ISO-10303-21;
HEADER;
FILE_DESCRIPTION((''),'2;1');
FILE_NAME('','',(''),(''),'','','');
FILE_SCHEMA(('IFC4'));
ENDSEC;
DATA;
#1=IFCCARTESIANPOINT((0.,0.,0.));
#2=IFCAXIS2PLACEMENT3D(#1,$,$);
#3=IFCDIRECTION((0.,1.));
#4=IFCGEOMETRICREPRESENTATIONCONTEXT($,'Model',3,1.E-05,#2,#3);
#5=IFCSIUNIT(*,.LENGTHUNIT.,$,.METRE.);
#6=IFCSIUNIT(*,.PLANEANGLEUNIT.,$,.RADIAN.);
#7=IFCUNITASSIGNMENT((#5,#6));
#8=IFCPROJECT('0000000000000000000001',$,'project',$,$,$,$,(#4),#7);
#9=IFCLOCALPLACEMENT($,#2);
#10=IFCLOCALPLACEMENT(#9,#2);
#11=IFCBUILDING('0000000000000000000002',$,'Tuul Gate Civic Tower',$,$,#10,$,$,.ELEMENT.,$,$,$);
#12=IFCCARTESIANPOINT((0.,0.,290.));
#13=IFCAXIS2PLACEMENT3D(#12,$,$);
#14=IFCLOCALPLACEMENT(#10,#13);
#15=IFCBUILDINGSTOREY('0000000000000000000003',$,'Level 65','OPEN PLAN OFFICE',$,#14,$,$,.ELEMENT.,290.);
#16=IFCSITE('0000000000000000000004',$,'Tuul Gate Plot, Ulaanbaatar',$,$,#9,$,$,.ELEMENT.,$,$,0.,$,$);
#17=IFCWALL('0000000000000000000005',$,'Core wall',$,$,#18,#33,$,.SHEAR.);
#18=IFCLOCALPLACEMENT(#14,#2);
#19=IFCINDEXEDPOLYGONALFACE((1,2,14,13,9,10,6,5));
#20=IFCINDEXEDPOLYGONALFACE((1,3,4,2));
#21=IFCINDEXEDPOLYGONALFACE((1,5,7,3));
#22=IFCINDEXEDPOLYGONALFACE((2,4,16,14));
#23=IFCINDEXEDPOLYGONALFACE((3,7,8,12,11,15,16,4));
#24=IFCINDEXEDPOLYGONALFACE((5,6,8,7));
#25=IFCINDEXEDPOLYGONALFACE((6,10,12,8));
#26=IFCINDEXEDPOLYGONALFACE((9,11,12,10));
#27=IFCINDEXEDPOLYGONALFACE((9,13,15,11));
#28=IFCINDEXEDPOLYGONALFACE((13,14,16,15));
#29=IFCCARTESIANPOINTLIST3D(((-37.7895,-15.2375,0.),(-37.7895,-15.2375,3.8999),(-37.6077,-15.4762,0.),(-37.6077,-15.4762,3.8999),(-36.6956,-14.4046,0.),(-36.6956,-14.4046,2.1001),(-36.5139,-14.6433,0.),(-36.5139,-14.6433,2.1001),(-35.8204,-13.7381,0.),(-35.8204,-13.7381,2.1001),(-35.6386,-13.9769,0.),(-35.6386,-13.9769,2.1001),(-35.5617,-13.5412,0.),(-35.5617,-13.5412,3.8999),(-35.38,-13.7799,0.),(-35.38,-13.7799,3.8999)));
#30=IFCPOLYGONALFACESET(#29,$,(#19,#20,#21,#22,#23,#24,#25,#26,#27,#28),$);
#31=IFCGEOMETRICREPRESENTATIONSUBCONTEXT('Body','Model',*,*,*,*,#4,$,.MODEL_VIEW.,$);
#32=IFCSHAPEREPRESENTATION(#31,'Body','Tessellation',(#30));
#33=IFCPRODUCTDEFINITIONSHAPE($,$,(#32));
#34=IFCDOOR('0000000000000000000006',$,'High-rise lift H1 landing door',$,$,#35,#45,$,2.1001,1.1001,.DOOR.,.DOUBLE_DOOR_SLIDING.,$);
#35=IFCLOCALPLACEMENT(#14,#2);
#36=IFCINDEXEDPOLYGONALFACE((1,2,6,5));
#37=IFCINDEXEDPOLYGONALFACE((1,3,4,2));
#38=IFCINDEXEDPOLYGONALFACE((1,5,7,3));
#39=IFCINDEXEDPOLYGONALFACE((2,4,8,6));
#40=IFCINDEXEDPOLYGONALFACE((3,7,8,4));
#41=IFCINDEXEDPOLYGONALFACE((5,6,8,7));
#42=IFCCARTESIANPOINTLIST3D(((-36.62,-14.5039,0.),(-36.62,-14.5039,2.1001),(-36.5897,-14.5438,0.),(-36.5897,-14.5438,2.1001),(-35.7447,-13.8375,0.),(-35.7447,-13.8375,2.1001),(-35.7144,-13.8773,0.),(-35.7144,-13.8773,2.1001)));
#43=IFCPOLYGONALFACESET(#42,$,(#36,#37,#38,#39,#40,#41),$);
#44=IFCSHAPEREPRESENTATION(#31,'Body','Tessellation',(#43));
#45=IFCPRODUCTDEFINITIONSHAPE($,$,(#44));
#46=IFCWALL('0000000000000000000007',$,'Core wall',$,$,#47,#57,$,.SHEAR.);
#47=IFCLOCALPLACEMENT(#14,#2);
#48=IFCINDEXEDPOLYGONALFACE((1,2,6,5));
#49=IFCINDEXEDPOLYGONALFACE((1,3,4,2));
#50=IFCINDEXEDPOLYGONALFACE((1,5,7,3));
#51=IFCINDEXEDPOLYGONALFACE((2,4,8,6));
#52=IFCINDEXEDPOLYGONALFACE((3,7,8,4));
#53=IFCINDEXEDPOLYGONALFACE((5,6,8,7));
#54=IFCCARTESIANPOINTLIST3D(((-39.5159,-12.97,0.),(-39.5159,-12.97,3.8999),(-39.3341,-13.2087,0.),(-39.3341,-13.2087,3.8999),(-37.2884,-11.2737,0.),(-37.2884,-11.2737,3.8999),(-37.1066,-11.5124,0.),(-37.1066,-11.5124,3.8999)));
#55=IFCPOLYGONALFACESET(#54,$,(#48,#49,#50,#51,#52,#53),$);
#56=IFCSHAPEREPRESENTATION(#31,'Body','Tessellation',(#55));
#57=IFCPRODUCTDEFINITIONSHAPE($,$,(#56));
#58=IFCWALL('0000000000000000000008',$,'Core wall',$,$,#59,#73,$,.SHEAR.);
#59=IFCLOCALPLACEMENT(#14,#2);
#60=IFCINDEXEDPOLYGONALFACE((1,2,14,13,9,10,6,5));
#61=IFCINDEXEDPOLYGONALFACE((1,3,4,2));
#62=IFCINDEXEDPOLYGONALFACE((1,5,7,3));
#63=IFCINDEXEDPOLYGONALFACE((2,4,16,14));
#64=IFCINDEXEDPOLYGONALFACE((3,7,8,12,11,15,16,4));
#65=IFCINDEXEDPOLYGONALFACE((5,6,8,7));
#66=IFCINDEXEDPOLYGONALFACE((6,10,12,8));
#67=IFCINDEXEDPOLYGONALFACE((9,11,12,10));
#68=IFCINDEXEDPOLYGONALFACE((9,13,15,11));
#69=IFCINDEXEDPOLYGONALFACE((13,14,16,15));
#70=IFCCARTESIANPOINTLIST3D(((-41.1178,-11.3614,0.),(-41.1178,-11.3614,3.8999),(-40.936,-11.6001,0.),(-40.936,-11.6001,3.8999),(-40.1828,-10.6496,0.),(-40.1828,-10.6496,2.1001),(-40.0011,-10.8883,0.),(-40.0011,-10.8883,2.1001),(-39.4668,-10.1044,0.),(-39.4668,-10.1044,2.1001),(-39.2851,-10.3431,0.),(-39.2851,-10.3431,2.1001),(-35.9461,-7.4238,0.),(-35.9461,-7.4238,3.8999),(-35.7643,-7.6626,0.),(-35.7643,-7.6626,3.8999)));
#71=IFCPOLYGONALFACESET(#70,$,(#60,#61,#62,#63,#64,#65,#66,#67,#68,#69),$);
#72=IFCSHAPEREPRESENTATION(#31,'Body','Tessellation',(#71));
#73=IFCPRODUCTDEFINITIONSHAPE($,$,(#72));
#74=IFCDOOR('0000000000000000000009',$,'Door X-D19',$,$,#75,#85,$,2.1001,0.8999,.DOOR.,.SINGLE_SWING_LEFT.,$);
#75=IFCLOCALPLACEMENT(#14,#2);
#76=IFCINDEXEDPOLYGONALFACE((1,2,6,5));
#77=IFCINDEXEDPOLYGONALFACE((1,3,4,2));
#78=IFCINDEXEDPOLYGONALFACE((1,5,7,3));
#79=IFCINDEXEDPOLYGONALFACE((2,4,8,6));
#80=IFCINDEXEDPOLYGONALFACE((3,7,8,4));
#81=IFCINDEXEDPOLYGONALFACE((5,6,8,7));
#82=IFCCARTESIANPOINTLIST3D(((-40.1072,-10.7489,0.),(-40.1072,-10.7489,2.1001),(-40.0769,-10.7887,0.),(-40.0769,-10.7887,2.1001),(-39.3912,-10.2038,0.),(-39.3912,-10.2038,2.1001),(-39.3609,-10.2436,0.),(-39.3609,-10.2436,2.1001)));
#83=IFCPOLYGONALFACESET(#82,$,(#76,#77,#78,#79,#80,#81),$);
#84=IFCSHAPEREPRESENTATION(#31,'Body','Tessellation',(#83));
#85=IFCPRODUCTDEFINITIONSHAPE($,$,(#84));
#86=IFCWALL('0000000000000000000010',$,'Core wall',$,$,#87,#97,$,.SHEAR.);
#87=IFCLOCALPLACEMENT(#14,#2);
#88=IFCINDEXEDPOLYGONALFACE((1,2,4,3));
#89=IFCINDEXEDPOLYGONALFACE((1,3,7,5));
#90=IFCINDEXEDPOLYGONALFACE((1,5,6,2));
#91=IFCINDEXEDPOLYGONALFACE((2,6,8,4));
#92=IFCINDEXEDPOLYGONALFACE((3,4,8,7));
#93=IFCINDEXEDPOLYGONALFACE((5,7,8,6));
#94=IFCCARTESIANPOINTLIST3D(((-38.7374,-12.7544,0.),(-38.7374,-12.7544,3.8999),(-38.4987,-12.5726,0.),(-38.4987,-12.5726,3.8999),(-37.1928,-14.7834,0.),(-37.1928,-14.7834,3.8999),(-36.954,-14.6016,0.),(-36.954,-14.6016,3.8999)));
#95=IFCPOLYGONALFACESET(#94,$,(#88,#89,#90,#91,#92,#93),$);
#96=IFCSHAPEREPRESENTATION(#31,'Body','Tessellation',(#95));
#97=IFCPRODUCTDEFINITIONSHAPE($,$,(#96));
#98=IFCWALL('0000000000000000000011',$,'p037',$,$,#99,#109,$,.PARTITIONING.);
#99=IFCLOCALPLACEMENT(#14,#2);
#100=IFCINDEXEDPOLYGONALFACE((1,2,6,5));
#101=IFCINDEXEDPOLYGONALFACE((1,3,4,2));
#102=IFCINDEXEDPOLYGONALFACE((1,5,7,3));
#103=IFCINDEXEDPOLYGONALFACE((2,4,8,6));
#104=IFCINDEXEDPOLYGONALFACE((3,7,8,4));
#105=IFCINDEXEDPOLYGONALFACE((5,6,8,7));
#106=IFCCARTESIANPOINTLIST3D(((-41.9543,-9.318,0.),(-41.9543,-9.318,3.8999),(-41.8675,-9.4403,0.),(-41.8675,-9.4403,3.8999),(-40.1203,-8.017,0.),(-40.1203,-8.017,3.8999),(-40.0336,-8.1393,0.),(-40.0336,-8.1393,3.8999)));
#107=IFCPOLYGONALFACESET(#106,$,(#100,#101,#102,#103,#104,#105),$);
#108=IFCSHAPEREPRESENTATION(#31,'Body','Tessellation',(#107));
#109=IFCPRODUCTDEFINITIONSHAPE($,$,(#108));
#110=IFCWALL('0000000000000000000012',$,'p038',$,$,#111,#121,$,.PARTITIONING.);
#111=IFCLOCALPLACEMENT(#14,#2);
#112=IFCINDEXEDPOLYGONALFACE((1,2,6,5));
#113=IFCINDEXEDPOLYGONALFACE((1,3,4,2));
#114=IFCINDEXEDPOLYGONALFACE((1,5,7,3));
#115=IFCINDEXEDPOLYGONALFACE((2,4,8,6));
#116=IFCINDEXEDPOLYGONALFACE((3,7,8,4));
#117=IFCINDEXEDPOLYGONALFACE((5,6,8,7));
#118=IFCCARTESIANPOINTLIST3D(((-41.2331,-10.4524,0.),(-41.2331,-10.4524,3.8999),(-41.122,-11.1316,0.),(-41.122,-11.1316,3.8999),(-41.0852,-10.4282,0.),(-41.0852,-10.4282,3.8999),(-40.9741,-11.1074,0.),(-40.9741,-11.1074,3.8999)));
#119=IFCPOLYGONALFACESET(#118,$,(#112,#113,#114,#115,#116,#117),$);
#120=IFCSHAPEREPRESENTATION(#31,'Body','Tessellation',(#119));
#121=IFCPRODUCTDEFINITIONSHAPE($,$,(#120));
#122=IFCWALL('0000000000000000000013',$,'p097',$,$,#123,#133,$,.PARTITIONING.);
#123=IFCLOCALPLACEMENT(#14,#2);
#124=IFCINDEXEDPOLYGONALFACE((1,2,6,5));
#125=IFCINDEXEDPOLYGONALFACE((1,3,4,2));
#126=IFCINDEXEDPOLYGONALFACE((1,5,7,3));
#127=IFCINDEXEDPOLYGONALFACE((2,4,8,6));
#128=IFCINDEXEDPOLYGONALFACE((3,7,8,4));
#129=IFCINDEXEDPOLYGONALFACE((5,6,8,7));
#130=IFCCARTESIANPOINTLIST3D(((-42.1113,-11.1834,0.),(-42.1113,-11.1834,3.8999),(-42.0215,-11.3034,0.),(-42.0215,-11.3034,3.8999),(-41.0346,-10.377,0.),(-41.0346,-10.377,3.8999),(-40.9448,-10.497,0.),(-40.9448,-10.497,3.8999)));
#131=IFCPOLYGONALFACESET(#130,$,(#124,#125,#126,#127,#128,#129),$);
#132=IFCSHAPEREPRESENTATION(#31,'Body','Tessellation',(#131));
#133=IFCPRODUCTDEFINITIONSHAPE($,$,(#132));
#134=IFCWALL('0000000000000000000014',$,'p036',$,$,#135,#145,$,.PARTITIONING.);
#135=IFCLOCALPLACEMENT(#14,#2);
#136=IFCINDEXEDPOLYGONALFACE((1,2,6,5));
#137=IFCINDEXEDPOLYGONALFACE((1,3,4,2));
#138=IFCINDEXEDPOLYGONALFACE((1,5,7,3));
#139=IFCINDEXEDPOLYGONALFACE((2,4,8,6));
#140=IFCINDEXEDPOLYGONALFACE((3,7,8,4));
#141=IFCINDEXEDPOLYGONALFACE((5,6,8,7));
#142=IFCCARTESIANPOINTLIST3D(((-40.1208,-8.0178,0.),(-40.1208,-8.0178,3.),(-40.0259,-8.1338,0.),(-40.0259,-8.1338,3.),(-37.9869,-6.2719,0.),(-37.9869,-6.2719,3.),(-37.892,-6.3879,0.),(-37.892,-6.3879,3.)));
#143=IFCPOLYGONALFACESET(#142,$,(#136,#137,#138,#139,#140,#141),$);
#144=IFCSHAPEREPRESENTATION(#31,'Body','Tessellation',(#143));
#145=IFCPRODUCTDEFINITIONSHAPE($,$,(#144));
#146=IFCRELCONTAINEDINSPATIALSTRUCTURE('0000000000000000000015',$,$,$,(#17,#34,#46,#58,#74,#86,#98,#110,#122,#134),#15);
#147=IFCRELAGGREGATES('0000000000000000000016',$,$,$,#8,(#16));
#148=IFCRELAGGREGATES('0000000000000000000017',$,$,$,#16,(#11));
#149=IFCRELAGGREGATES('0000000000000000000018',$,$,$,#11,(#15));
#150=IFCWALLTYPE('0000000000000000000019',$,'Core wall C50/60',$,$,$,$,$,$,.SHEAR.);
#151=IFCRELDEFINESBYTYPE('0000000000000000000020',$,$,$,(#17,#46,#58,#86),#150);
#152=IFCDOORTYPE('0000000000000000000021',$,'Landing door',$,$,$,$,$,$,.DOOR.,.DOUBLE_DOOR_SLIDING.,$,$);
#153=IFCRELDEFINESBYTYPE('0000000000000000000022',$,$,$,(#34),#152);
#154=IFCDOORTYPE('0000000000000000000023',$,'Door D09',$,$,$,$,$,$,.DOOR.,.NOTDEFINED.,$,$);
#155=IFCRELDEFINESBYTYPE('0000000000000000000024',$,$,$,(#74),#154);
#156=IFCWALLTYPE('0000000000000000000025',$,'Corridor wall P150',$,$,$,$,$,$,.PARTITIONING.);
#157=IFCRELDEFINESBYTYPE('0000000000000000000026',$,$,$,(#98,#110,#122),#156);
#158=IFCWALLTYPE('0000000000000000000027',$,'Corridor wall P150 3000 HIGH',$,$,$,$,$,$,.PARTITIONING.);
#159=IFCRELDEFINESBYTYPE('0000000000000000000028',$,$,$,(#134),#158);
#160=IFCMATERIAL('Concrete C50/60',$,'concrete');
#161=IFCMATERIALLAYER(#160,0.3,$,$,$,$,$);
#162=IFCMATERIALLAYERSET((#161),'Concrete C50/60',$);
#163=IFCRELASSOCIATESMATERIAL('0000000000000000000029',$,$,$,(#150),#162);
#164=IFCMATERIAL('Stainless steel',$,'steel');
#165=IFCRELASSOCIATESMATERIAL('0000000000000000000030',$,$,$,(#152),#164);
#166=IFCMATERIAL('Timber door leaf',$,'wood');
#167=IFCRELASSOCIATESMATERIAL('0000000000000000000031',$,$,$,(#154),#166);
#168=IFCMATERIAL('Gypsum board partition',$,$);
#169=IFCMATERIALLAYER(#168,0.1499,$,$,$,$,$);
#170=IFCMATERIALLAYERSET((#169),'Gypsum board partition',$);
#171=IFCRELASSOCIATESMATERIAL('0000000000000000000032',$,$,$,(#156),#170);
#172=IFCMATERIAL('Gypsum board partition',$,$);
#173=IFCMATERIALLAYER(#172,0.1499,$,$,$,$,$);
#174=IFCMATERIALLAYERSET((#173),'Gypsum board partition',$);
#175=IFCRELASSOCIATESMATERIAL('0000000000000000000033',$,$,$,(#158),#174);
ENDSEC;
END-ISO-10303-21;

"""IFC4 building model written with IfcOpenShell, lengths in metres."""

from ifc_helpers import new_model, si_unit, direction, frame, frame_2d, origin, place, context, subcontext, project, spatial, rectangle, extrude, material, layer, layer_set, type_object, element, fill, save


model = new_model("IFC4")

# Units and contexts
model_context = context("Model", 3, precision=1e-05, world=origin(), true_north=direction((0.0, 1.0)))
body_context = subcontext(model_context, "Body", "Model", "MODEL_VIEW")
ifc_project = project(units=[si_unit("LENGTHUNIT", "METRE"), si_unit("PLANEANGLEUNIT", "RADIAN")], contexts=[model_context])

# Site, building, storey
site_placement = place(None, origin())
site = spatial("IfcSite", under=ifc_project, at=site_placement, Name="Tuul Gate Plot, Ulaanbaatar", CompositionType="ELEMENT", RefElevation=0.0)
building_placement = place(site_placement, origin())
building = spatial("IfcBuilding", under=site, at=building_placement, Name="Tuul Gate Civic Tower", CompositionType="ELEMENT")
storey_placement = place(building_placement, frame((0.0, 0.0, 290.0)))
storey = spatial("IfcBuildingStorey", under=building, at=storey_placement, Name="Level 65", Description="OPEN PLAN OFFICE", CompositionType="ELEMENT", Elevation=290.0)

# Wall, opening, door
ifc_material_1 = material(Name="Concrete C50/60", Category="concrete")
ifc_layer_1 = layer(ifc_material_1, 0.3)
ifc_layer_set_1 = layer_set([ifc_layer_1], Name="Concrete C50/60")
wall_type_1 = type_object("IfcWallType", Name="Core wall C50/60", PredefinedType="SHEAR", material=ifc_layer_set_1)
wall_1_placement = place(storey_placement, frame((-35.4709, -13.6606, 0.0), z_axis=(0.0, 0.0, 1.0), x_axis=(-0.795616, -0.605802, 0.0)))
wall_1 = element("IfcWall", 1, at=wall_1_placement, inside=storey, type_object=wall_type_1, Name="Core wall", PredefinedType="SHEAR", context=body_context, shape_type="SweptSolid", body=[
    extrude(rectangle(XDim=2.8, YDim=0.3, at=frame_2d((1.3999, 0.0))), origin(), (0.0, 0.0, 1.0), 3.8999),
])
opening_1_placement = place(wall_1_placement, frame((0.325, 0.0, 0.0)))
opening_1 = element("IfcOpeningElement", 2, at=opening_1_placement, cuts=wall_1, PredefinedType="OPENING", context=body_context, shape_type="SweptSolid", body=[
    extrude(rectangle(XDim=1.1001, YDim=2.1001, at=frame_2d((0.55, 1.05))), frame((0.0, 0.1602, 0.0), z_axis=(0.0, -1.0, 0.0), x_axis=(1.0, 0.0, 0.0)), (0.0, 0.0, 1.0), 0.3201),
])
ifc_material_2 = material(Name="Stainless steel", Category="steel")
door_type_1 = type_object("IfcDoorType", Name="Landing door", OperationType="DOUBLE_DOOR_SLIDING", PredefinedType="DOOR", material=ifc_material_2)
door_1_placement = place(opening_1_placement, origin())
door_1 = element("IfcDoor", 3, at=door_1_placement, inside=storey, type_object=door_type_1, Name="High-rise lift H1 landing door", OperationType="DOUBLE_DOOR_SLIDING", OverallHeight=2.1001, OverallWidth=1.1001, PredefinedType="DOOR", context=body_context, shape_type="SweptSolid", body=[
    extrude(rectangle(XDim=1.1001, YDim=2.1001, at=frame_2d((0.55, 1.05))), frame((0.0, 0.0249, 0.0), z_axis=(0.0, -1.0, 0.0), x_axis=(1.0, 0.0, 0.0)), (0.0, 0.0, 1.0), 0.05),
])
fill(opening_1, door_1)

# Wall
wall_2_placement = place(storey_placement, frame((-37.1975, -11.3931, 0.0), z_axis=(0.0, 0.0, 1.0), x_axis=(-0.795584, -0.605844, 0.0)))
element("IfcWall", 4, at=wall_2_placement, inside=storey, type_object=wall_type_1, Name="Core wall", PredefinedType="SHEAR", context=body_context, shape_type="SweptSolid", body=[
    extrude(rectangle(XDim=2.7998, YDim=0.3, at=frame_2d((1.3999, 0.0))), origin(), (0.0, 0.0, 1.0), 3.8999),
])

# Wall, opening, door
wall_3_placement = place(storey_placement, frame((-35.8552, -7.5432, 0.0), z_axis=(0.0, 0.0, 1.0), x_axis=(-0.795639, -0.605772, 0.0)))
wall_3 = element("IfcWall", 5, at=wall_3_placement, inside=storey, type_object=wall_type_1, Name="Core wall", PredefinedType="SHEAR", context=body_context, shape_type="SweptSolid", body=[
    extrude(rectangle(XDim=6.5, YDim=0.3, at=frame_2d((3.25, 0.0))), origin(), (0.0, 0.0, 1.0), 3.8999),
])
opening_2_placement = place(wall_3_placement, frame((4.425, 0.0, 0.0)))
opening_2 = element("IfcOpeningElement", 6, at=opening_2_placement, cuts=wall_3, PredefinedType="OPENING", context=body_context, shape_type="SweptSolid", body=[
    extrude(rectangle(XDim=0.8999, YDim=2.1001, at=frame_2d((0.45, 1.05))), frame((0.0, 0.1602, 0.0), z_axis=(0.0, -1.0, 0.0), x_axis=(1.0, 0.0, 0.0)), (0.0, 0.0, 1.0), 0.3201),
])
ifc_material_3 = material(Name="Timber door leaf", Category="wood")
door_type_2 = type_object("IfcDoorType", Name="Door D09", OperationType="NOTDEFINED", PredefinedType="DOOR", material=ifc_material_3)
door_2_placement = place(opening_2_placement, origin())
door_2 = element("IfcDoor", 7, at=door_2_placement, inside=storey, type_object=door_type_2, Name="Door X-D19", OperationType="SINGLE_SWING_LEFT", OverallHeight=2.1001, OverallWidth=0.8999, PredefinedType="DOOR", context=body_context, shape_type="SweptSolid", body=[
    extrude(rectangle(XDim=0.8999, YDim=2.1001, at=frame_2d((0.45, 1.05))), frame((0.0, 0.0249, 0.0), z_axis=(0.0, -1.0, 0.0), x_axis=(1.0, 0.0, 0.0)), (0.0, 0.0, 1.0), 0.05),
])
fill(opening_2, door_2)

# Walls
wall_4_placement = place(storey_placement, frame((-37.0735, -14.6924, 0.0), z_axis=(0.0, 0.0, 1.0), x_axis=(-0.605729, 0.795671, 0.0)))
element("IfcWall", 8, at=wall_4_placement, inside=storey, type_object=wall_type_1, Name="Core wall", PredefinedType="SHEAR", context=body_context, shape_type="SweptSolid", body=[
    extrude(rectangle(XDim=2.55, YDim=0.3, at=frame_2d((1.2749, 0.0))), origin(), (0.0, 0.0, 1.0), 3.8999),
])
ifc_material_4 = material(Name="Gypsum board partition")
ifc_layer_2 = layer(ifc_material_4, 0.1499)
ifc_layer_set_2 = layer_set([ifc_layer_2], Name="Gypsum board partition")
wall_type_2 = type_object("IfcWallType", Name="Corridor wall P150", PredefinedType="PARTITIONING", material=ifc_layer_set_2)
wall_5_placement = place(storey_placement, frame((-41.9109, -9.3792, 0.0), z_axis=(0.0, 0.0, 1.0), x_axis=(0.815615, 0.578596, 0.0)))
element("IfcWall", 9, at=wall_5_placement, inside=storey, type_object=wall_type_2, Name="p037", PredefinedType="PARTITIONING", context=body_context, shape_type="SweptSolid", body=[
    extrude(rectangle(XDim=2.2485, YDim=0.1499, at=frame_2d((1.1243, 0.0))), origin(), (0.0, 0.0, 1.0), 3.8999),
])
wall_6_placement = place(storey_placement, frame((-41.1592, -10.4402, 0.0), z_axis=(0.0, 0.0, 1.0), x_axis=(0.161407, -0.986888, 0.0)))
element("IfcWall", 10, at=wall_6_placement, inside=storey, type_object=wall_type_2, Name="p038", PredefinedType="PARTITIONING", context=body_context, shape_type="SweptSolid", body=[
    extrude(rectangle(XDim=0.6882, YDim=0.1499, at=frame_2d((0.3442, 0.0))), origin(), (0.0, 0.0, 1.0), 3.8999),
])
wall_7_placement = place(storey_placement, frame((-42.0664, -11.2434, 0.0), z_axis=(0.0, 0.0, 1.0), x_axis=(0.800392, 0.599477, 0.0)))
element("IfcWall", 11, at=wall_7_placement, inside=storey, type_object=wall_type_2, Name="p097", PredefinedType="PARTITIONING", context=body_context, shape_type="SweptSolid", body=[
    extrude(rectangle(XDim=1.3452, YDim=0.1499, at=frame_2d((0.6726, 0.0))), origin(), (0.0, 0.0, 1.0), 3.8999),
])
ifc_material_5 = material(Name="Gypsum board partition")
ifc_layer_3 = layer(ifc_material_5, 0.1499)
ifc_layer_set_3 = layer_set([ifc_layer_3], Name="Gypsum board partition")
wall_type_3 = type_object("IfcWallType", Name="Corridor wall P150 3000 HIGH", PredefinedType="PARTITIONING", material=ifc_layer_set_3)
wall_8_placement = place(storey_placement, frame((-40.0732, -8.0757, 0.0), z_axis=(0.0, 0.0, 1.0), x_axis=(0.773953, 0.633243, 0.0)))
element("IfcWall", 12, at=wall_8_placement, inside=storey, type_object=wall_type_3, Name="p036", PredefinedType="PARTITIONING", context=body_context, shape_type="SweptSolid", body=[
    extrude(rectangle(XDim=2.7571, YDim=0.1499, at=frame_2d((1.3784, 0.0))), origin(), (0.0, 0.0, 1.0), 3.0),
])

save(model, "model.ifc")
